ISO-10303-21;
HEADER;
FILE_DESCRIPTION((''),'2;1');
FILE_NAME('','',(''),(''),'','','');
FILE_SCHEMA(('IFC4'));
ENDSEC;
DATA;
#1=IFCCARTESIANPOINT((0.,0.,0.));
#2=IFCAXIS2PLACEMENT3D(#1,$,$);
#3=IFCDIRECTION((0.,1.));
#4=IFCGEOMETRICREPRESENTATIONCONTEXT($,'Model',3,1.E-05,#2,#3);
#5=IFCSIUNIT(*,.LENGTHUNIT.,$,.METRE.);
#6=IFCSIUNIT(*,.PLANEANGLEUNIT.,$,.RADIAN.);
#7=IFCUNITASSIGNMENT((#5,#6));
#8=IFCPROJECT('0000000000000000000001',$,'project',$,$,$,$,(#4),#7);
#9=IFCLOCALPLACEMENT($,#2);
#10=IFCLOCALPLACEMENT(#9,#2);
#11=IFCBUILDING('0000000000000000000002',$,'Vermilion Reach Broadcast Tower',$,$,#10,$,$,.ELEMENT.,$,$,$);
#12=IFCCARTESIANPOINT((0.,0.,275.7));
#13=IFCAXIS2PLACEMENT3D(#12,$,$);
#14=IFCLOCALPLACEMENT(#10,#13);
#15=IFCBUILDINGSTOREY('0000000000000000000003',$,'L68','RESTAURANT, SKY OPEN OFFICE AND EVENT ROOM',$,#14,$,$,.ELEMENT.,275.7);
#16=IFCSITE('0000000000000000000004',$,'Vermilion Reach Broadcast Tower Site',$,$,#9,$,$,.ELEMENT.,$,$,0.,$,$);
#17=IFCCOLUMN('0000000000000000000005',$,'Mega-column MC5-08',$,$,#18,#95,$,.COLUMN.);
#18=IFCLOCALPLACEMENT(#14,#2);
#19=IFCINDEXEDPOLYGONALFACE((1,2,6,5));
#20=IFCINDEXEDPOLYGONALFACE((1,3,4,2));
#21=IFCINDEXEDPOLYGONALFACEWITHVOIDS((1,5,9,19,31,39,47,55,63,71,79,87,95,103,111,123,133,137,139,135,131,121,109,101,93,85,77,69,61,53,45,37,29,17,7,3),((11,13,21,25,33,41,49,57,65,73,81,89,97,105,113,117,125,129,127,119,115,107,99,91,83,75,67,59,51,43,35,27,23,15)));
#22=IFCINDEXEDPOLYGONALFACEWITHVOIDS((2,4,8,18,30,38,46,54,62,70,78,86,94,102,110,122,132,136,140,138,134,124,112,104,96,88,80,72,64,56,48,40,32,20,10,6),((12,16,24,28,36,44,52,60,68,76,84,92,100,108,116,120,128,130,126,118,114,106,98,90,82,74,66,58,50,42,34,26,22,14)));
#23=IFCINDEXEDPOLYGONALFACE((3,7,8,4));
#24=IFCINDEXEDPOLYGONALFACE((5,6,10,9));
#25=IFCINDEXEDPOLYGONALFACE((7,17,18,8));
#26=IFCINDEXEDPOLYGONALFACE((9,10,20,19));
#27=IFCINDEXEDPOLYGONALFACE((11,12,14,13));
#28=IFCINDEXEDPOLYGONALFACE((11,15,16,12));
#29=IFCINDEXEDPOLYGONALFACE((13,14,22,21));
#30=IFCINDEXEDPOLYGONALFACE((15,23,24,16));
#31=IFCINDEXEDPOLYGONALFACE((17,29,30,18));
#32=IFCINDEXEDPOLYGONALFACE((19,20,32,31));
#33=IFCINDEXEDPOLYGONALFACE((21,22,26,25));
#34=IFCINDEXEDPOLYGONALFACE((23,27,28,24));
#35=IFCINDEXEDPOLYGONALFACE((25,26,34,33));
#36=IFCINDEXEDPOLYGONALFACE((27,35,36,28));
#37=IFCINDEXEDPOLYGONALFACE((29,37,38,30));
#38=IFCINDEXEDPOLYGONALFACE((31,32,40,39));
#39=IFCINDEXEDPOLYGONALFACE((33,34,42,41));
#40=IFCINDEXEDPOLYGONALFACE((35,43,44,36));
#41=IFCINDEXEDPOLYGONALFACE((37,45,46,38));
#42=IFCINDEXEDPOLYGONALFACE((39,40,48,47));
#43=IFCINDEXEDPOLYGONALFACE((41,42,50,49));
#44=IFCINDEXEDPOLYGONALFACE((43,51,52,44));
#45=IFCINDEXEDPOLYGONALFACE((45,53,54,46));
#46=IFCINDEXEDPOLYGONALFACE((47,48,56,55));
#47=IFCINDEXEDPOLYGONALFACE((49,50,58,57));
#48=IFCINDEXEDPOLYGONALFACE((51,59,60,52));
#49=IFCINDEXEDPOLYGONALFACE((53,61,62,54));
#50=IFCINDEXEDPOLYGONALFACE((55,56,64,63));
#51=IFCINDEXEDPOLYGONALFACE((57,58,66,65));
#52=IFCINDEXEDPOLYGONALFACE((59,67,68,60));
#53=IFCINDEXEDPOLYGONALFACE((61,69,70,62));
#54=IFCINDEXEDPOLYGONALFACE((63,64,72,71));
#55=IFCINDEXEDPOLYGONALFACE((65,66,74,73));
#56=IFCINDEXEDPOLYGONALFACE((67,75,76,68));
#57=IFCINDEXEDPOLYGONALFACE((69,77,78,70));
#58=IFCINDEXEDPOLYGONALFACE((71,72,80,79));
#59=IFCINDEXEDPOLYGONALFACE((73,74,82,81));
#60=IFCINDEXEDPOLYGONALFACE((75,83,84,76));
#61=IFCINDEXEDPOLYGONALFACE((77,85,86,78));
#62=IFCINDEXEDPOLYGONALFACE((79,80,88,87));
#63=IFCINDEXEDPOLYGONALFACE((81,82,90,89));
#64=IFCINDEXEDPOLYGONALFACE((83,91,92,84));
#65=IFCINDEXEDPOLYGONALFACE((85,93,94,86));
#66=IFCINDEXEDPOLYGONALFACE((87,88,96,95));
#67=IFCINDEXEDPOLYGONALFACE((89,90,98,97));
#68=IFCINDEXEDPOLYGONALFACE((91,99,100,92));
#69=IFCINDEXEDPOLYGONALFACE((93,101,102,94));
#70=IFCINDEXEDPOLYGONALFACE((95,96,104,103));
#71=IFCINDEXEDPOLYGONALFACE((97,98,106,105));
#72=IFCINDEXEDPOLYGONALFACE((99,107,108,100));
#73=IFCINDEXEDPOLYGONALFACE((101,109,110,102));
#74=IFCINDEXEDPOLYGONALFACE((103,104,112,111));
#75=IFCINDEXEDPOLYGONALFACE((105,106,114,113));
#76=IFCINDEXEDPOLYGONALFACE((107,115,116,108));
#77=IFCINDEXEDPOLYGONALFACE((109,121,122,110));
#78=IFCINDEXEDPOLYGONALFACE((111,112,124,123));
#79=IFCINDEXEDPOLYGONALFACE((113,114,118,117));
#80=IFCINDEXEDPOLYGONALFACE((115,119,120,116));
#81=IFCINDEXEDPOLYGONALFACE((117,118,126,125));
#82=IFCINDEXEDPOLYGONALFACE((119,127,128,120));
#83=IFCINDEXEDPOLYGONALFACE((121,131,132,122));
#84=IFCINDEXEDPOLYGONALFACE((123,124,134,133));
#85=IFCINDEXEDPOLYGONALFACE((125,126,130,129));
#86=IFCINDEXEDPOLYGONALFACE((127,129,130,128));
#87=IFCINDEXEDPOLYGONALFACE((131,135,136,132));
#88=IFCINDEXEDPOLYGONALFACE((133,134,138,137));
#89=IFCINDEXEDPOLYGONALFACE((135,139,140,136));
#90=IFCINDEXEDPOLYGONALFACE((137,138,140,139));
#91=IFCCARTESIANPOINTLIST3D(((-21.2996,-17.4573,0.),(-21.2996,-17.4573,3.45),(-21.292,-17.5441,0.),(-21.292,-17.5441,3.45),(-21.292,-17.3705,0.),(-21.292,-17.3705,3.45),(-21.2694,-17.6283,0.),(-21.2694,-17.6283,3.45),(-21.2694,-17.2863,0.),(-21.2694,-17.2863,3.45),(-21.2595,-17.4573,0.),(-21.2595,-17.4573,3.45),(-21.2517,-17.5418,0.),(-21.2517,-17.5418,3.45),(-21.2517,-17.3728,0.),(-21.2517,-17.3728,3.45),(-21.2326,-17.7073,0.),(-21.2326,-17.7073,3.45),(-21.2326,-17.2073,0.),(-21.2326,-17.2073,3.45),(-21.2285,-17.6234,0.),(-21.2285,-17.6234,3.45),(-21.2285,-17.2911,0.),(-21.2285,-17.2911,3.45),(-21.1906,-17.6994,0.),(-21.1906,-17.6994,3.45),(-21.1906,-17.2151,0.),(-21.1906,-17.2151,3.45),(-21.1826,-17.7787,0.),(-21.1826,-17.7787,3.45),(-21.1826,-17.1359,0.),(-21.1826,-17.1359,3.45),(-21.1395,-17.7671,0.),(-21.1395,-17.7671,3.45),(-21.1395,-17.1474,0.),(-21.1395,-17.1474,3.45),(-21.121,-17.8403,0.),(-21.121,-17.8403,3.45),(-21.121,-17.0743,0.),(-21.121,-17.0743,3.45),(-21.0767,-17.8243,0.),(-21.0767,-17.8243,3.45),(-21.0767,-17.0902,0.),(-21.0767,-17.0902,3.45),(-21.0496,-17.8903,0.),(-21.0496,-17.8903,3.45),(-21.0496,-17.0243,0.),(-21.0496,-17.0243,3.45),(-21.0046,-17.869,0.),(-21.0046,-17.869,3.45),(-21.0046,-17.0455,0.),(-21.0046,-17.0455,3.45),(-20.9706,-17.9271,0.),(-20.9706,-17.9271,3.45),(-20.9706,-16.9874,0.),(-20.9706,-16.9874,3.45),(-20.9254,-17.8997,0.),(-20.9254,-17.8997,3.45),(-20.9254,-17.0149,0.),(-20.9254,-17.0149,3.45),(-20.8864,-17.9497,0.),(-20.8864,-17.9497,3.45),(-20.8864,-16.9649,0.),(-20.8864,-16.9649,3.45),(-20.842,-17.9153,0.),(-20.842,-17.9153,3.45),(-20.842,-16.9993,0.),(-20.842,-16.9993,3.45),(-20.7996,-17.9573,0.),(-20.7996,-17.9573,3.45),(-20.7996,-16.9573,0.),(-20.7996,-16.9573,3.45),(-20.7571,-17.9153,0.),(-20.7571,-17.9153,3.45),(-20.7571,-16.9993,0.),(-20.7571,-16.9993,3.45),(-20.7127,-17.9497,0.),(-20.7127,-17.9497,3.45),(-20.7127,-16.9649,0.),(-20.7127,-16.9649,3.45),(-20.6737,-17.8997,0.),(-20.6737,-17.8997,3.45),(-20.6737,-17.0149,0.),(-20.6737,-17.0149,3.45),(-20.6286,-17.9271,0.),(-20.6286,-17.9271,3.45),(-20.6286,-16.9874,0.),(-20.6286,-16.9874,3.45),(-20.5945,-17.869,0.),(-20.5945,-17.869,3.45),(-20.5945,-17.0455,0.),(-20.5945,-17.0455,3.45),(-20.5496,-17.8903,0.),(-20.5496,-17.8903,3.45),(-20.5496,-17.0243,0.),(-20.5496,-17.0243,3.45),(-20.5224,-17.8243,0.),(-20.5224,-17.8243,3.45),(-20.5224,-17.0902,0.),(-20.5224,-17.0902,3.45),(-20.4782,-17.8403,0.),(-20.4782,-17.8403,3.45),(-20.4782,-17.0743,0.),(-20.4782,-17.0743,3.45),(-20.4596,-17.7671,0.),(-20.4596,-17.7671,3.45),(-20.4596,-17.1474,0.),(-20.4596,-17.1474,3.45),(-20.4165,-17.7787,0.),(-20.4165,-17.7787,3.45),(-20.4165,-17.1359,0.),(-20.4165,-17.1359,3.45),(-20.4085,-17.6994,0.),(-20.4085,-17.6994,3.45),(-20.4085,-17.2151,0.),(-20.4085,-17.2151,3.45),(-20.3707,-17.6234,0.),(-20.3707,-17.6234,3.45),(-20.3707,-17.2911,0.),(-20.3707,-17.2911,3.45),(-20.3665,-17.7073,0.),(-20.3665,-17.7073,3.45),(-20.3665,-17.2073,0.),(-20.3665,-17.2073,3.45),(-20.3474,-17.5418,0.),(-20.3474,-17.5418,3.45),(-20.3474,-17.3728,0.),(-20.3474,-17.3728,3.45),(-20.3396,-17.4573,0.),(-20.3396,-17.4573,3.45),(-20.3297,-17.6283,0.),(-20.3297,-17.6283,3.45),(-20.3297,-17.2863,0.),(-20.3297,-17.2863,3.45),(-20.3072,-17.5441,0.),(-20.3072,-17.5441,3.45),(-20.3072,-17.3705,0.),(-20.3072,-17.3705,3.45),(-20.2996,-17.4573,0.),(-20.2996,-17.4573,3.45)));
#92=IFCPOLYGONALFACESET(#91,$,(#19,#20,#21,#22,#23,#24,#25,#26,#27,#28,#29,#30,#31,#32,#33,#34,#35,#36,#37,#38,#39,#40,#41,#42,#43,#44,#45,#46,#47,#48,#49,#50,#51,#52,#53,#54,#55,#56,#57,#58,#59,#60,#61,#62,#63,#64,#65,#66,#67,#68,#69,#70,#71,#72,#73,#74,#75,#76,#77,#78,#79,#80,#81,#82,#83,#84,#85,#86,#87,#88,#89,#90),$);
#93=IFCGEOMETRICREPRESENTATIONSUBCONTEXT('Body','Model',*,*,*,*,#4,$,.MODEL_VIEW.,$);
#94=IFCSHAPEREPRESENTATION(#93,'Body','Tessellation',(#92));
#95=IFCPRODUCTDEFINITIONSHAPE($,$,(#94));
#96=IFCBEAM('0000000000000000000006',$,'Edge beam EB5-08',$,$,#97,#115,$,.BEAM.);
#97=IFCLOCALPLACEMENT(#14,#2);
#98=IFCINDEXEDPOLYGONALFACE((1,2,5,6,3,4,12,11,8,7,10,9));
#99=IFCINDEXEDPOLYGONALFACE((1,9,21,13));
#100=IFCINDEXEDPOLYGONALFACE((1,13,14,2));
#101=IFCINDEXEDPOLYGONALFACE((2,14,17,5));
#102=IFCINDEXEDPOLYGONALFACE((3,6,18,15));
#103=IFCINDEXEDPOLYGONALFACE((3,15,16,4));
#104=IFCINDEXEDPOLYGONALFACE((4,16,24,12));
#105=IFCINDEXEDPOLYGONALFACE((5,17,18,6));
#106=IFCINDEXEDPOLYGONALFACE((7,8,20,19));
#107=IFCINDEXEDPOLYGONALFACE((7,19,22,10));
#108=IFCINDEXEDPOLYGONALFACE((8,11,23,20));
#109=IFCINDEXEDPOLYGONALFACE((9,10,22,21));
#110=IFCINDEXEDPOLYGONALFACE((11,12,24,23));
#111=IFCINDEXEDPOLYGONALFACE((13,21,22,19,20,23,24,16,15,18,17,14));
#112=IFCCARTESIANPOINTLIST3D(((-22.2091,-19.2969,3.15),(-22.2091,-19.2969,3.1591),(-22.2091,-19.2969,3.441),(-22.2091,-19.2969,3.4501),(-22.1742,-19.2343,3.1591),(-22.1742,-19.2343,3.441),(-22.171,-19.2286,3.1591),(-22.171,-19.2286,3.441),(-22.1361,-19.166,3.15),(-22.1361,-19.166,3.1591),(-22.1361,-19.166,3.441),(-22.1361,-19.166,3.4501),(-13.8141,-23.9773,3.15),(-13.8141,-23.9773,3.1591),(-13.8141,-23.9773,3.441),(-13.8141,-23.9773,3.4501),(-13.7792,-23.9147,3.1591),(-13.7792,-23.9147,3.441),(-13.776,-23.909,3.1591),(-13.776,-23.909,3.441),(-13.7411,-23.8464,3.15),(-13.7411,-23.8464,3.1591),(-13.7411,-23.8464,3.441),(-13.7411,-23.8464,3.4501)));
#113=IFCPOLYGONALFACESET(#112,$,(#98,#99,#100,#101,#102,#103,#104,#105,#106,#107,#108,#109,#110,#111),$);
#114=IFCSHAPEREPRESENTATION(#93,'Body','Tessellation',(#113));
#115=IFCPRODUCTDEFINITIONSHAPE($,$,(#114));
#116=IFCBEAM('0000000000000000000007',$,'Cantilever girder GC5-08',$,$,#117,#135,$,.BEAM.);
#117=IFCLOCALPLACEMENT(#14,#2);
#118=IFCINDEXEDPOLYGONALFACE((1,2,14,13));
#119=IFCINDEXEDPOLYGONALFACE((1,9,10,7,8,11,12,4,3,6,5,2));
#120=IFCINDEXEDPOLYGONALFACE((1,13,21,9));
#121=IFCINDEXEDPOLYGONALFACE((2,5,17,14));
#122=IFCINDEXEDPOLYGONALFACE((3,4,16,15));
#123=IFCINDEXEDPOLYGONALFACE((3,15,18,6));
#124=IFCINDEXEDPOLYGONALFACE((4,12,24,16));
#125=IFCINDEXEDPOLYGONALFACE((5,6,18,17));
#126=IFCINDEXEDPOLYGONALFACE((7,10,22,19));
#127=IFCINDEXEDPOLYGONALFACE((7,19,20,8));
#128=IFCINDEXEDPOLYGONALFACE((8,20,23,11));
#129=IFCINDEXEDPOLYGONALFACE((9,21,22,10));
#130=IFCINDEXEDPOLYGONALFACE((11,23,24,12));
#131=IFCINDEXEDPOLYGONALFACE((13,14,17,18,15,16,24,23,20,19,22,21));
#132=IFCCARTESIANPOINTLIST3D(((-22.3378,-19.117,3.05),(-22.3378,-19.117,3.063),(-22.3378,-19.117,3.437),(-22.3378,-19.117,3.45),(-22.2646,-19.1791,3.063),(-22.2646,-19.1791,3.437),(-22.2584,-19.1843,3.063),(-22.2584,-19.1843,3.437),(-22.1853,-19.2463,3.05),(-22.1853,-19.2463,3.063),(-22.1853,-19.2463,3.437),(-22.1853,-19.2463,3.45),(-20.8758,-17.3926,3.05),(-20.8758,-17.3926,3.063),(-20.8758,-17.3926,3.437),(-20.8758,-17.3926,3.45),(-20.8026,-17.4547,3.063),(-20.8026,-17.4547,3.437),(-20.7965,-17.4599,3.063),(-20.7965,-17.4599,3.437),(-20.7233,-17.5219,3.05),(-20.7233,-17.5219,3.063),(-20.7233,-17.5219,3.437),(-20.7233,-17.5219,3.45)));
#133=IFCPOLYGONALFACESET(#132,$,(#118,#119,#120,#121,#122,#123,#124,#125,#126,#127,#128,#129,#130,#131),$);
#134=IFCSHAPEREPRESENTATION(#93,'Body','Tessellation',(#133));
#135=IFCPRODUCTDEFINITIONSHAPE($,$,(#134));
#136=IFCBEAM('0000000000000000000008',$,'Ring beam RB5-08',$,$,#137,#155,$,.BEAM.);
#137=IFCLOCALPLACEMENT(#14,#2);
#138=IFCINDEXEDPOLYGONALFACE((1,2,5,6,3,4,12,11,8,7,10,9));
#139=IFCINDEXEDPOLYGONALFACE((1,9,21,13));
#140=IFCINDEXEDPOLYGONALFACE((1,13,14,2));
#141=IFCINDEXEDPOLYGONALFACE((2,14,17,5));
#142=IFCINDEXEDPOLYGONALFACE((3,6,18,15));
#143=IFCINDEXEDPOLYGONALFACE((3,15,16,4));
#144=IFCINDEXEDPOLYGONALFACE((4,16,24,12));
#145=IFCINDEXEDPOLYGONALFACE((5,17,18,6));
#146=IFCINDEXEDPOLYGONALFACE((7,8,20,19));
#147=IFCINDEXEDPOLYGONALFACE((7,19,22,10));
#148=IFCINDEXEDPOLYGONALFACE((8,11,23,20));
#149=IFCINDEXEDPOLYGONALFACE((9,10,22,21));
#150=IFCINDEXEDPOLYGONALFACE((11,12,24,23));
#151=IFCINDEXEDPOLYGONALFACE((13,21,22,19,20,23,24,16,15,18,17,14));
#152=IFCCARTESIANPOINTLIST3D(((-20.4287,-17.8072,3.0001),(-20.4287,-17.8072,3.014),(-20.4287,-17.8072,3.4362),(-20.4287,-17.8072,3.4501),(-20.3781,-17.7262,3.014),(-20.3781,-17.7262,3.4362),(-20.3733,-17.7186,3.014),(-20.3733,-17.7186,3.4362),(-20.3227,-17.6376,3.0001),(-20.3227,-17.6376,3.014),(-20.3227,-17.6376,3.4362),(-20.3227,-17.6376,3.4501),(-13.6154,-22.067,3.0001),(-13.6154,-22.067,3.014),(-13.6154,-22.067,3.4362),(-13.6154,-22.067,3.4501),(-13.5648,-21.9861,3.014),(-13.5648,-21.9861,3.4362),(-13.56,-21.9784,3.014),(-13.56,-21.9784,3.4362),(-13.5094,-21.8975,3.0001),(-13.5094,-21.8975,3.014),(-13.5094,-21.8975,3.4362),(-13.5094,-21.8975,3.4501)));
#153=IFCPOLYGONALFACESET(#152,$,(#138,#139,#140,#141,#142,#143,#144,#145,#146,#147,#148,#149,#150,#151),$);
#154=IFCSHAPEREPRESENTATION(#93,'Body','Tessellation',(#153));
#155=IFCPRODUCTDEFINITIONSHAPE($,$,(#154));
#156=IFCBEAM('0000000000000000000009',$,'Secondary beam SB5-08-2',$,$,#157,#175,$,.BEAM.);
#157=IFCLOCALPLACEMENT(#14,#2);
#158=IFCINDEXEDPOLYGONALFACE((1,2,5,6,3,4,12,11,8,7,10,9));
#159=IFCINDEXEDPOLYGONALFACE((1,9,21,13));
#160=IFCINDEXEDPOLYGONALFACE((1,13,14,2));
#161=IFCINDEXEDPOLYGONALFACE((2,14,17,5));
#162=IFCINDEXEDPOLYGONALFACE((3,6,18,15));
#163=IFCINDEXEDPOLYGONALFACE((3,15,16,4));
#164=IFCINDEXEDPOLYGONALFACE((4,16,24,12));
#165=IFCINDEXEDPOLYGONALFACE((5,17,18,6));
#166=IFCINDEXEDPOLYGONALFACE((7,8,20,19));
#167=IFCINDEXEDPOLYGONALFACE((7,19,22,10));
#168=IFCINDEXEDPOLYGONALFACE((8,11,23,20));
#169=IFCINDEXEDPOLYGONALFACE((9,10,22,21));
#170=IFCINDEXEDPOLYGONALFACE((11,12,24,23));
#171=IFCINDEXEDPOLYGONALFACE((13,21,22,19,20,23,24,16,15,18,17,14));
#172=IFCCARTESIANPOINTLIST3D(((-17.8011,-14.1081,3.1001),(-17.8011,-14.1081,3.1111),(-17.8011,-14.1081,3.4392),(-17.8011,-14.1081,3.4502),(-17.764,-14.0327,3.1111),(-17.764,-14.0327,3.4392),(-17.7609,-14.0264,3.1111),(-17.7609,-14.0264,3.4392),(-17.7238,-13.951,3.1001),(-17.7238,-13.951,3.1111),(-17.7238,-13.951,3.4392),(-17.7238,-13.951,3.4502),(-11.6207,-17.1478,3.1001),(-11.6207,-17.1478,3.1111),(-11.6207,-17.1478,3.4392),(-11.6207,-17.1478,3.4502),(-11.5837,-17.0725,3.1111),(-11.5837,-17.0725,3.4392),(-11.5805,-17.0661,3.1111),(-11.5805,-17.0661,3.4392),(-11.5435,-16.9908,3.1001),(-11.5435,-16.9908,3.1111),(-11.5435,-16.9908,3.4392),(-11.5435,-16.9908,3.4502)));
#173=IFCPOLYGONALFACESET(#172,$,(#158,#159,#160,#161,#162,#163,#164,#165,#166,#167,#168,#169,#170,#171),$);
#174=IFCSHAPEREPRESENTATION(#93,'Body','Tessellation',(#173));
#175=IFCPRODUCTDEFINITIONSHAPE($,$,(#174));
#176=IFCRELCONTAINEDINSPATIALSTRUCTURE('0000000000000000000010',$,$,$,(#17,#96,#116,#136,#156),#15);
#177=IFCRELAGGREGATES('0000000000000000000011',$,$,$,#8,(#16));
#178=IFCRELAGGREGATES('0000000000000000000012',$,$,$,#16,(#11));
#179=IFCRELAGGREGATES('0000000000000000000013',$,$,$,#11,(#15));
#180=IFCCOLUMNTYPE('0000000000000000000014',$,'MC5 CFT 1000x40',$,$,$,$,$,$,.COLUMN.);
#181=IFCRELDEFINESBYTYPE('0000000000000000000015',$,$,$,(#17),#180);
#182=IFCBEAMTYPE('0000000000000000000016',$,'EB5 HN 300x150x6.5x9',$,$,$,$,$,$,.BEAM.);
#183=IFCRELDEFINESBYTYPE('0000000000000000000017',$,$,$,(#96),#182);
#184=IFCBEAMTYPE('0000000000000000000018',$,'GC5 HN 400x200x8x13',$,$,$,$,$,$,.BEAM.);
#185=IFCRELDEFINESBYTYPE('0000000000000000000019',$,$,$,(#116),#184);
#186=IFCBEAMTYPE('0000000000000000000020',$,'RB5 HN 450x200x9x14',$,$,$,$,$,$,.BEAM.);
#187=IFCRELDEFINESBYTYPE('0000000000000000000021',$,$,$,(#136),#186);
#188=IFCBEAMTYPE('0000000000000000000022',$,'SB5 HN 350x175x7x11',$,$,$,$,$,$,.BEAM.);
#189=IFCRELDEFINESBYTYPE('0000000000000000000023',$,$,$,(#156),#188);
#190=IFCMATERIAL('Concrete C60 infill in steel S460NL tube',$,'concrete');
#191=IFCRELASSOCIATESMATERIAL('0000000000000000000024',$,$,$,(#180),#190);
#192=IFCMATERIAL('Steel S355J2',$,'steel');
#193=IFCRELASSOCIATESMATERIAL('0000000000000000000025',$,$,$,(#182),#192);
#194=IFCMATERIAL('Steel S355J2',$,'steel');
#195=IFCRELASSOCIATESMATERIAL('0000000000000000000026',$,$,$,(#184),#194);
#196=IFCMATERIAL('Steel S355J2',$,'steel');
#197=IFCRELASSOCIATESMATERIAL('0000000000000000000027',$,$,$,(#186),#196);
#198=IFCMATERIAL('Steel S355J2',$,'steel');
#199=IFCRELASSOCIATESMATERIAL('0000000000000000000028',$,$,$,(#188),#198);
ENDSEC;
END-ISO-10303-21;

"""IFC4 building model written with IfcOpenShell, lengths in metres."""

from ifc_helpers import new_model, si_unit, direction, frame, origin, origin_2d, place, context, subcontext, project, spatial, hollow_circle, i_section, extrude, material, material_profile, profile_set, type_object, element, save


model = new_model("IFC4")

# Units and contexts
model_context = context("Model", 3, precision=1e-05, world=origin(), true_north=direction((0.0, 1.0)))
body_context = subcontext(model_context, "Body", "Model", "MODEL_VIEW")
ifc_project = project(units=[si_unit("LENGTHUNIT", "METRE"), si_unit("PLANEANGLEUNIT", "RADIAN")], contexts=[model_context])

# Site, building, storey
site_placement = place(None, origin())
site = spatial("IfcSite", under=ifc_project, at=site_placement, Name="Vermilion Reach Broadcast Tower Site", CompositionType="ELEMENT", RefElevation=0.0)
building_placement = place(site_placement, origin())
building = spatial("IfcBuilding", under=site, at=building_placement, Name="Vermilion Reach Broadcast Tower", CompositionType="ELEMENT")
storey_placement = place(building_placement, frame((0.0, 0.0, 275.7)))
storey = spatial("IfcBuildingStorey", under=building, at=storey_placement, Name="L68", Description="RESTAURANT, SKY OPEN OFFICE AND EVENT ROOM", CompositionType="ELEMENT", Elevation=275.7)

# Column
ifc_material_1 = material(Name="Concrete C60 infill in steel S460NL tube", Category="concrete")
ifc_material_profile_1 = material_profile(ifc_material_1, hollow_circle(Radius=0.5, WallThickness=0.04, at=origin_2d()), Name="Concrete C60 infill in steel S460NL tube CFT 1000x40")
ifc_profile_set_1 = profile_set([ifc_material_profile_1], Name="Concrete C60 infill in steel S460NL tube")
column_type = type_object("IfcColumnType", Name="MC5 CFT 1000x40", PredefinedType="COLUMN", material=ifc_profile_set_1)
column_placement = place(storey_placement, frame((-20.7996, -17.4573, 0.0), z_axis=(0.0, 0.0, 1.0), x_axis=(1.0, 0.0, 0.0)))
element("IfcColumn", 1, at=column_placement, inside=storey, type_object=column_type, Name="Mega-column MC5-08", PredefinedType="COLUMN", context=body_context, shape_type="SweptSolid", body=[
    extrude(hollow_circle(Radius=0.5, WallThickness=0.04, at=origin_2d()), origin(), (0.0, 0.0, 1.0), 3.45),
])

# Beams
ifc_material_2 = material(Name="Steel S355J2", Category="steel")
ifc_material_profile_2 = material_profile(ifc_material_2, i_section(OverallWidth=0.1499, OverallDepth=0.3, WebThickness=0.0066, FlangeThickness=0.009, at=origin_2d()), Name="S355J2 HN 300x150x6.5x9")
ifc_profile_set_2 = profile_set([ifc_material_profile_2], Name="Steel S355J2")
beam_type_1 = type_object("IfcBeamType", Name="EB5 HN 300x150x6.5x9", PredefinedType="BEAM", material=ifc_profile_set_2)
beam_1_placement = place(storey_placement, frame((-22.1726, -19.2314, 3.3), z_axis=(0.873427, -0.486956, 0.0), x_axis=(0.486956, 0.873427, 0.0)))
element("IfcBeam", 2, at=beam_1_placement, inside=storey, type_object=beam_type_1, Name="Edge beam EB5-08", PredefinedType="BEAM", context=body_context, shape_type="SweptSolid", body=[
    extrude(i_section(OverallWidth=0.1499, OverallDepth=0.3, WebThickness=0.0066, FlangeThickness=0.009, at=origin_2d()), origin(), (0.0, 0.0, 1.0), 9.6116),
])
ifc_material_3 = material(Name="Steel S355J2", Category="steel")
ifc_material_profile_3 = material_profile(ifc_material_3, i_section(OverallWidth=0.2, OverallDepth=0.3999, WebThickness=0.0081, FlangeThickness=0.0129, at=origin_2d()), Name="S355J2 HN 400x200x8x13")
ifc_profile_set_3 = profile_set([ifc_material_profile_3], Name="Steel S355J2")
beam_type_2 = type_object("IfcBeamType", Name="GC5 HN 400x200x8x13", PredefinedType="BEAM", material=ifc_profile_set_3)
beam_2_placement = place(storey_placement, frame((-20.7996, -17.4573, 3.25), z_axis=(-0.646673, -0.762767, 0.0), x_axis=(0.762767, -0.646673, 0.0)))
element("IfcBeam", 3, at=beam_2_placement, inside=storey, type_object=beam_type_2, Name="Cantilever girder GC5-08", PredefinedType="BEAM", context=body_context, shape_type="SweptSolid", body=[
    extrude(i_section(OverallWidth=0.2, OverallDepth=0.3999, WebThickness=0.0081, FlangeThickness=0.0129, at=origin_2d()), origin(), (0.0, 0.0, 1.0), 2.2607),
])
ifc_material_4 = material(Name="Steel S355J2", Category="steel")
ifc_material_profile_4 = material_profile(ifc_material_4, i_section(OverallWidth=0.2, OverallDepth=0.45, WebThickness=0.009, FlangeThickness=0.0139, at=origin_2d()), Name="S355J2 HN 450x200x9x14")
ifc_profile_set_4 = profile_set([ifc_material_profile_4], Name="Steel S355J2")
beam_type_3 = type_object("IfcBeamType", Name="RB5 HN 450x200x9x14", PredefinedType="BEAM", material=ifc_profile_set_4)
beam_3_placement = place(storey_placement, frame((-20.3757, -17.7224, 3.2251), z_axis=(0.847915, -0.530133, 0.0), x_axis=(0.530133, 0.847915, 0.0)))
element("IfcBeam", 4, at=beam_3_placement, inside=storey, type_object=beam_type_3, Name="Ring beam RB5-08", PredefinedType="BEAM", context=body_context, shape_type="SweptSolid", body=[
    extrude(i_section(OverallWidth=0.2, OverallDepth=0.45, WebThickness=0.009, FlangeThickness=0.0139, at=origin_2d()), origin(), (0.0, 0.0, 1.0), 8.0354),
])
ifc_material_5 = material(Name="Steel S355J2", Category="steel")
ifc_material_profile_5 = material_profile(ifc_material_5, i_section(OverallWidth=0.175, OverallDepth=0.3501, WebThickness=0.0071, FlangeThickness=0.011, at=origin_2d()), Name="S355J2 HN 350x175x7x11")
ifc_profile_set_5 = profile_set([ifc_material_profile_5], Name="Steel S355J2")
beam_type_4 = type_object("IfcBeamType", Name="SB5 HN 350x175x7x11", PredefinedType="BEAM", material=ifc_profile_set_5)
beam_4_placement = place(storey_placement, frame((-17.7625, -14.0295, 3.2751), z_axis=(0.897336, -0.441348, 0.0), x_axis=(0.441348, 0.897336, 0.0)))
element("IfcBeam", 5, at=beam_4_placement, inside=storey, type_object=beam_type_4, Name="Secondary beam SB5-08-2", PredefinedType="BEAM", context=body_context, shape_type="SweptSolid", body=[
    extrude(i_section(OverallWidth=0.175, OverallDepth=0.3501, WebThickness=0.0071, FlangeThickness=0.011, at=origin_2d()), origin(), (0.0, 0.0, 1.0), 6.8875),
])

save(model, "model.ifc")
